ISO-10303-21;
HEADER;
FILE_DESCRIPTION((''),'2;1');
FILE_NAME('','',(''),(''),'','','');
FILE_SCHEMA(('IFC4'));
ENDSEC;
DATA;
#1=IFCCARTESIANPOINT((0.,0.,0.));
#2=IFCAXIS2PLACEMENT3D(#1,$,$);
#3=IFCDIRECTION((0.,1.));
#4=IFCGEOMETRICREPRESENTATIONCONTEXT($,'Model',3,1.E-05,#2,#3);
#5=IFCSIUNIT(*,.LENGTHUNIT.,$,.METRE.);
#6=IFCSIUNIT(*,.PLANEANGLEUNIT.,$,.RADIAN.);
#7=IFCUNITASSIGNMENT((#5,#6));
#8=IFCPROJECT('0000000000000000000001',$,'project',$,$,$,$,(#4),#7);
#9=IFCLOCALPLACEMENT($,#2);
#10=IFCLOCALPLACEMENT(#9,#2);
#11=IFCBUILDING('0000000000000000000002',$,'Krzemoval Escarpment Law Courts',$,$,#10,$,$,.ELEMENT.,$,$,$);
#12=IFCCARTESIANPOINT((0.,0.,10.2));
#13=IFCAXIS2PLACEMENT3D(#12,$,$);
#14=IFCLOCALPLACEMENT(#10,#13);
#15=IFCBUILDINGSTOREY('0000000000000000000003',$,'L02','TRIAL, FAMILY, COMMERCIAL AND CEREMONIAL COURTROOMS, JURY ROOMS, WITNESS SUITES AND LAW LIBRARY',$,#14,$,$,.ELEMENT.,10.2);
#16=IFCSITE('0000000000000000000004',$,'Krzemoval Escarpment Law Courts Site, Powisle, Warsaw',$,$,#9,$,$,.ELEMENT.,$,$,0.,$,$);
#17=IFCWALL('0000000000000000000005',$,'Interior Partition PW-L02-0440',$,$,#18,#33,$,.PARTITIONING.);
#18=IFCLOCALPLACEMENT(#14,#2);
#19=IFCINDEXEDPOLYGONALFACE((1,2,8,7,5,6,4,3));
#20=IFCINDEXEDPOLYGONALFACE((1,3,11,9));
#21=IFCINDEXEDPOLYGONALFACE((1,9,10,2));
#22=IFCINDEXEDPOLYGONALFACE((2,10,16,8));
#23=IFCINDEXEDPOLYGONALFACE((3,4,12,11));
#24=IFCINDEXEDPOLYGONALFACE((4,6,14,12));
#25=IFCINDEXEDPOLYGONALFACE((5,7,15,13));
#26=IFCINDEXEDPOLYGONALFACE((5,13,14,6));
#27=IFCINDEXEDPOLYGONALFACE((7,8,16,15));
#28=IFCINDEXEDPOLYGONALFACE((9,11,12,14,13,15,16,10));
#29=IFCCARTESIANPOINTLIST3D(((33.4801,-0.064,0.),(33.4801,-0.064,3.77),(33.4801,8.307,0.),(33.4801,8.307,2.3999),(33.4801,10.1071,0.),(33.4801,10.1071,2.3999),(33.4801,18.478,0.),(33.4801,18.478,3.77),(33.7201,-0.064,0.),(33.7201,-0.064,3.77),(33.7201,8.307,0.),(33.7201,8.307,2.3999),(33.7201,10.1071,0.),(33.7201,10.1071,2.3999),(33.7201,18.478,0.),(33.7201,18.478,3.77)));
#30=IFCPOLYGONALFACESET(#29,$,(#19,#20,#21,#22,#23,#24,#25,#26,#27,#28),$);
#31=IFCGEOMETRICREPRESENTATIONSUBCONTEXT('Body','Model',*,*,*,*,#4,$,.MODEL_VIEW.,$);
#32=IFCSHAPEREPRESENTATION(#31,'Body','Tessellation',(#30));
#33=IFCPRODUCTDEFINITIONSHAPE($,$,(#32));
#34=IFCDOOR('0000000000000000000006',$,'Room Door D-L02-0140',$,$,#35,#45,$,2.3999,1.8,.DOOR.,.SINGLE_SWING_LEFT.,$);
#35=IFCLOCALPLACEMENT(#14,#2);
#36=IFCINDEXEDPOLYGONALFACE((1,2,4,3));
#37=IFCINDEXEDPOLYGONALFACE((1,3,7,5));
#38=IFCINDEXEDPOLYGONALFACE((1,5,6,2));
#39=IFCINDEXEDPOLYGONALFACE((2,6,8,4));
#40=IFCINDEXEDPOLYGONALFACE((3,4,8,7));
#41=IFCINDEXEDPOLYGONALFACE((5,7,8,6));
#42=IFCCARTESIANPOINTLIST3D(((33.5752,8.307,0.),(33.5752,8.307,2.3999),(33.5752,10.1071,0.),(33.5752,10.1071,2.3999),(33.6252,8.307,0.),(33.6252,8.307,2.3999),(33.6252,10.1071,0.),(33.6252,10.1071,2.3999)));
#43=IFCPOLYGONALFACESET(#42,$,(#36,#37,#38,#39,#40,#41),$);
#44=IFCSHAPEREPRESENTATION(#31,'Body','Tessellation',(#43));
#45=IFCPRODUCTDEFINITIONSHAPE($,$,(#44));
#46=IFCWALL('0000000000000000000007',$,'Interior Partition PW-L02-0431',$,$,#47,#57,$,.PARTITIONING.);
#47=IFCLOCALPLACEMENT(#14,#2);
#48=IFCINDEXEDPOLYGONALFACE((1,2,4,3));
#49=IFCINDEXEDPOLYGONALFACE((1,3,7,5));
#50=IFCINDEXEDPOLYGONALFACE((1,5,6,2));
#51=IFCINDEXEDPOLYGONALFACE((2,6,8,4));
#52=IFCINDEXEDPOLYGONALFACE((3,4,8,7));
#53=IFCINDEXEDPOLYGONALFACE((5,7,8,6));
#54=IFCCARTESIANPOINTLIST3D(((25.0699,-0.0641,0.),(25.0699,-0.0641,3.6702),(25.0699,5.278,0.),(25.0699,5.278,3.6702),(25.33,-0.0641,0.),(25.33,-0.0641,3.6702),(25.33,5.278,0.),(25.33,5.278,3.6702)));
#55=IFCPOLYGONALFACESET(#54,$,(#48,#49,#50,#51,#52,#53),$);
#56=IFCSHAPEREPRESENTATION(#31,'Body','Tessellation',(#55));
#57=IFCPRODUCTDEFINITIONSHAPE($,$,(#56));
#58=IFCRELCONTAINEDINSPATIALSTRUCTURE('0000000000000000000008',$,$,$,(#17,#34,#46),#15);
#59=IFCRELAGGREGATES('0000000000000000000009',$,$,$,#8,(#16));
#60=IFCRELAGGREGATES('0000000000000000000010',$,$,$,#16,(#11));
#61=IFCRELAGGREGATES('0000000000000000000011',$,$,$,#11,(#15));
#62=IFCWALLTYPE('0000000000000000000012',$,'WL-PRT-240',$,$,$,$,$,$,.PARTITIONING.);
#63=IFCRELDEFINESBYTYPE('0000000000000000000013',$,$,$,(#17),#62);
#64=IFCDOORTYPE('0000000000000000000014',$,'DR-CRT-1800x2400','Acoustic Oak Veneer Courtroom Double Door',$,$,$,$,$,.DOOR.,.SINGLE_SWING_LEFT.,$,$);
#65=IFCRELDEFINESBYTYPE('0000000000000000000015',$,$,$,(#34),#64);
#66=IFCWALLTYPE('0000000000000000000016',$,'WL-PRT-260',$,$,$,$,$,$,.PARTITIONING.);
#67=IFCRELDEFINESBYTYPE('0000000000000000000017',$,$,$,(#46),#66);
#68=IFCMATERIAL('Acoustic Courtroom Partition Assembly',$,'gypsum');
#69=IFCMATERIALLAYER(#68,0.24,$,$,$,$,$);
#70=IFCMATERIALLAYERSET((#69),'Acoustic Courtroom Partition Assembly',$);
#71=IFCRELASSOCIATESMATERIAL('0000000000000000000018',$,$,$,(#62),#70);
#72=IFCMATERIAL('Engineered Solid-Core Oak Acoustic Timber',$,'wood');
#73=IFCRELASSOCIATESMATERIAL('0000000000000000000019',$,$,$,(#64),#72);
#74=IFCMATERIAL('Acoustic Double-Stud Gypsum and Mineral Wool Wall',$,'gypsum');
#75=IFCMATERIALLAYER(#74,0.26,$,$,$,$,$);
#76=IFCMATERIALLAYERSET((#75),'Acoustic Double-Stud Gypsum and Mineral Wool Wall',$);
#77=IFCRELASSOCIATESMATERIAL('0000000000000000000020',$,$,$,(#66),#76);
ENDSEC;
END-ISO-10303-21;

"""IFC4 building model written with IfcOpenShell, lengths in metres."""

from ifc_helpers import new_model, si_unit, direction, frame, frame_2d, origin, place, context, subcontext, project, spatial, rectangle, extrude, material, layer, layer_set, type_object, element, fill, save


model = new_model("IFC4")

# Units and contexts
model_context = context("Model", 3, precision=1e-05, world=origin(), true_north=direction((0.0, 1.0)))
body_context = subcontext(model_context, "Body", "Model", "MODEL_VIEW")
ifc_project = project(units=[si_unit("LENGTHUNIT", "METRE"), si_unit("PLANEANGLEUNIT", "RADIAN")], contexts=[model_context])

# Site, building, storey
site_placement = place(None, origin())
site = spatial("IfcSite", under=ifc_project, at=site_placement, Name="Krzemoval Escarpment Law Courts Site, Powisle, Warsaw", CompositionType="ELEMENT", RefElevation=0.0)
building_placement = place(site_placement, origin())
building = spatial("IfcBuilding", under=site, at=building_placement, Name="Krzemoval Escarpment Law Courts", CompositionType="ELEMENT")
storey_placement = place(building_placement, frame((0.0, 0.0, 10.2)))
storey = spatial("IfcBuildingStorey", under=building, at=storey_placement, Name="L02", Description="TRIAL, FAMILY, COMMERCIAL AND CEREMONIAL COURTROOMS, JURY ROOMS, WITNESS SUITES AND LAW LIBRARY", CompositionType="ELEMENT", Elevation=10.2)

# Wall, opening, door
ifc_material_1 = material(Name="Acoustic Courtroom Partition Assembly", Category="gypsum")
ifc_layer_1 = layer(ifc_material_1, 0.24)
ifc_layer_set_1 = layer_set([ifc_layer_1], Name="Acoustic Courtroom Partition Assembly")
wall_type_1 = type_object("IfcWallType", Name="WL-PRT-240", PredefinedType="PARTITIONING", material=ifc_layer_set_1)
wall_1_placement = place(storey_placement, frame((33.6001, -0.064, 0.0), z_axis=(0.0, 0.0, 1.0), x_axis=(0.0, 1.0, 0.0)))
wall_1 = element("IfcWall", 1, at=wall_1_placement, inside=storey, type_object=wall_type_1, Name="Interior Partition PW-L02-0440", PredefinedType="PARTITIONING", context=body_context, shape_type="SweptSolid", body=[
    extrude(rectangle(XDim=18.542, YDim=0.24, at=frame_2d((9.271, 0.0))), origin(), (0.0, 0.0, 1.0), 3.77),
])
opening_1_placement = place(wall_1_placement, frame((8.3711, 0.0, 0.0)))
opening_1 = element("IfcOpeningElement", 2, at=opening_1_placement, cuts=wall_1, PredefinedType="OPENING", context=body_context, shape_type="SweptSolid", body=[
    extrude(rectangle(XDim=1.8, YDim=2.3999, at=frame_2d((0.8999, 1.2))), frame((0.0, 0.135, 0.0), z_axis=(0.0, -1.0, 0.0), x_axis=(1.0, 0.0, 0.0)), (0.0, 0.0, 1.0), 0.27),
])
ifc_material_2 = material(Name="Engineered Solid-Core Oak Acoustic Timber", Category="wood")
door_type_1 = type_object("IfcDoorType", Name="DR-CRT-1800x2400", Description="Acoustic Oak Veneer Courtroom Double Door", OperationType="SINGLE_SWING_LEFT", PredefinedType="DOOR", material=ifc_material_2)
door_1_placement = place(opening_1_placement, origin())
door_1 = element("IfcDoor", 3, at=door_1_placement, inside=storey, type_object=door_type_1, Name="Room Door D-L02-0140", OperationType="SINGLE_SWING_LEFT", OverallHeight=2.3999, OverallWidth=1.8, PredefinedType="DOOR", context=body_context, shape_type="SweptSolid", body=[
    extrude(rectangle(XDim=1.8, YDim=2.3999, at=frame_2d((0.8999, 1.2))), frame((0.0, 0.0249, 0.0), z_axis=(0.0, -1.0, 0.0), x_axis=(1.0, 0.0, 0.0)), (0.0, 0.0, 1.0), 0.05),
])
fill(opening_1, door_1)

# Wall
ifc_material_3 = material(Name="Acoustic Double-Stud Gypsum and Mineral Wool Wall", Category="gypsum")
ifc_layer_2 = layer(ifc_material_3, 0.26)
ifc_layer_set_2 = layer_set([ifc_layer_2], Name="Acoustic Double-Stud Gypsum and Mineral Wool Wall")
wall_type_2 = type_object("IfcWallType", Name="WL-PRT-260", PredefinedType="PARTITIONING", material=ifc_layer_set_2)
wall_2_placement = place(storey_placement, frame((25.2, -0.064, 0.0), z_axis=(0.0, 0.0, 1.0), x_axis=(0.0, 1.0, 0.0)))
element("IfcWall", 4, at=wall_2_placement, inside=storey, type_object=wall_type_2, Name="Interior Partition PW-L02-0431", PredefinedType="PARTITIONING", context=body_context, shape_type="SweptSolid", body=[
    extrude(rectangle(XDim=5.342, YDim=0.26, at=frame_2d((2.6709, 0.0))), origin(), (0.0, 0.0, 1.0), 3.6702),
])

save(model, "model.ifc")
